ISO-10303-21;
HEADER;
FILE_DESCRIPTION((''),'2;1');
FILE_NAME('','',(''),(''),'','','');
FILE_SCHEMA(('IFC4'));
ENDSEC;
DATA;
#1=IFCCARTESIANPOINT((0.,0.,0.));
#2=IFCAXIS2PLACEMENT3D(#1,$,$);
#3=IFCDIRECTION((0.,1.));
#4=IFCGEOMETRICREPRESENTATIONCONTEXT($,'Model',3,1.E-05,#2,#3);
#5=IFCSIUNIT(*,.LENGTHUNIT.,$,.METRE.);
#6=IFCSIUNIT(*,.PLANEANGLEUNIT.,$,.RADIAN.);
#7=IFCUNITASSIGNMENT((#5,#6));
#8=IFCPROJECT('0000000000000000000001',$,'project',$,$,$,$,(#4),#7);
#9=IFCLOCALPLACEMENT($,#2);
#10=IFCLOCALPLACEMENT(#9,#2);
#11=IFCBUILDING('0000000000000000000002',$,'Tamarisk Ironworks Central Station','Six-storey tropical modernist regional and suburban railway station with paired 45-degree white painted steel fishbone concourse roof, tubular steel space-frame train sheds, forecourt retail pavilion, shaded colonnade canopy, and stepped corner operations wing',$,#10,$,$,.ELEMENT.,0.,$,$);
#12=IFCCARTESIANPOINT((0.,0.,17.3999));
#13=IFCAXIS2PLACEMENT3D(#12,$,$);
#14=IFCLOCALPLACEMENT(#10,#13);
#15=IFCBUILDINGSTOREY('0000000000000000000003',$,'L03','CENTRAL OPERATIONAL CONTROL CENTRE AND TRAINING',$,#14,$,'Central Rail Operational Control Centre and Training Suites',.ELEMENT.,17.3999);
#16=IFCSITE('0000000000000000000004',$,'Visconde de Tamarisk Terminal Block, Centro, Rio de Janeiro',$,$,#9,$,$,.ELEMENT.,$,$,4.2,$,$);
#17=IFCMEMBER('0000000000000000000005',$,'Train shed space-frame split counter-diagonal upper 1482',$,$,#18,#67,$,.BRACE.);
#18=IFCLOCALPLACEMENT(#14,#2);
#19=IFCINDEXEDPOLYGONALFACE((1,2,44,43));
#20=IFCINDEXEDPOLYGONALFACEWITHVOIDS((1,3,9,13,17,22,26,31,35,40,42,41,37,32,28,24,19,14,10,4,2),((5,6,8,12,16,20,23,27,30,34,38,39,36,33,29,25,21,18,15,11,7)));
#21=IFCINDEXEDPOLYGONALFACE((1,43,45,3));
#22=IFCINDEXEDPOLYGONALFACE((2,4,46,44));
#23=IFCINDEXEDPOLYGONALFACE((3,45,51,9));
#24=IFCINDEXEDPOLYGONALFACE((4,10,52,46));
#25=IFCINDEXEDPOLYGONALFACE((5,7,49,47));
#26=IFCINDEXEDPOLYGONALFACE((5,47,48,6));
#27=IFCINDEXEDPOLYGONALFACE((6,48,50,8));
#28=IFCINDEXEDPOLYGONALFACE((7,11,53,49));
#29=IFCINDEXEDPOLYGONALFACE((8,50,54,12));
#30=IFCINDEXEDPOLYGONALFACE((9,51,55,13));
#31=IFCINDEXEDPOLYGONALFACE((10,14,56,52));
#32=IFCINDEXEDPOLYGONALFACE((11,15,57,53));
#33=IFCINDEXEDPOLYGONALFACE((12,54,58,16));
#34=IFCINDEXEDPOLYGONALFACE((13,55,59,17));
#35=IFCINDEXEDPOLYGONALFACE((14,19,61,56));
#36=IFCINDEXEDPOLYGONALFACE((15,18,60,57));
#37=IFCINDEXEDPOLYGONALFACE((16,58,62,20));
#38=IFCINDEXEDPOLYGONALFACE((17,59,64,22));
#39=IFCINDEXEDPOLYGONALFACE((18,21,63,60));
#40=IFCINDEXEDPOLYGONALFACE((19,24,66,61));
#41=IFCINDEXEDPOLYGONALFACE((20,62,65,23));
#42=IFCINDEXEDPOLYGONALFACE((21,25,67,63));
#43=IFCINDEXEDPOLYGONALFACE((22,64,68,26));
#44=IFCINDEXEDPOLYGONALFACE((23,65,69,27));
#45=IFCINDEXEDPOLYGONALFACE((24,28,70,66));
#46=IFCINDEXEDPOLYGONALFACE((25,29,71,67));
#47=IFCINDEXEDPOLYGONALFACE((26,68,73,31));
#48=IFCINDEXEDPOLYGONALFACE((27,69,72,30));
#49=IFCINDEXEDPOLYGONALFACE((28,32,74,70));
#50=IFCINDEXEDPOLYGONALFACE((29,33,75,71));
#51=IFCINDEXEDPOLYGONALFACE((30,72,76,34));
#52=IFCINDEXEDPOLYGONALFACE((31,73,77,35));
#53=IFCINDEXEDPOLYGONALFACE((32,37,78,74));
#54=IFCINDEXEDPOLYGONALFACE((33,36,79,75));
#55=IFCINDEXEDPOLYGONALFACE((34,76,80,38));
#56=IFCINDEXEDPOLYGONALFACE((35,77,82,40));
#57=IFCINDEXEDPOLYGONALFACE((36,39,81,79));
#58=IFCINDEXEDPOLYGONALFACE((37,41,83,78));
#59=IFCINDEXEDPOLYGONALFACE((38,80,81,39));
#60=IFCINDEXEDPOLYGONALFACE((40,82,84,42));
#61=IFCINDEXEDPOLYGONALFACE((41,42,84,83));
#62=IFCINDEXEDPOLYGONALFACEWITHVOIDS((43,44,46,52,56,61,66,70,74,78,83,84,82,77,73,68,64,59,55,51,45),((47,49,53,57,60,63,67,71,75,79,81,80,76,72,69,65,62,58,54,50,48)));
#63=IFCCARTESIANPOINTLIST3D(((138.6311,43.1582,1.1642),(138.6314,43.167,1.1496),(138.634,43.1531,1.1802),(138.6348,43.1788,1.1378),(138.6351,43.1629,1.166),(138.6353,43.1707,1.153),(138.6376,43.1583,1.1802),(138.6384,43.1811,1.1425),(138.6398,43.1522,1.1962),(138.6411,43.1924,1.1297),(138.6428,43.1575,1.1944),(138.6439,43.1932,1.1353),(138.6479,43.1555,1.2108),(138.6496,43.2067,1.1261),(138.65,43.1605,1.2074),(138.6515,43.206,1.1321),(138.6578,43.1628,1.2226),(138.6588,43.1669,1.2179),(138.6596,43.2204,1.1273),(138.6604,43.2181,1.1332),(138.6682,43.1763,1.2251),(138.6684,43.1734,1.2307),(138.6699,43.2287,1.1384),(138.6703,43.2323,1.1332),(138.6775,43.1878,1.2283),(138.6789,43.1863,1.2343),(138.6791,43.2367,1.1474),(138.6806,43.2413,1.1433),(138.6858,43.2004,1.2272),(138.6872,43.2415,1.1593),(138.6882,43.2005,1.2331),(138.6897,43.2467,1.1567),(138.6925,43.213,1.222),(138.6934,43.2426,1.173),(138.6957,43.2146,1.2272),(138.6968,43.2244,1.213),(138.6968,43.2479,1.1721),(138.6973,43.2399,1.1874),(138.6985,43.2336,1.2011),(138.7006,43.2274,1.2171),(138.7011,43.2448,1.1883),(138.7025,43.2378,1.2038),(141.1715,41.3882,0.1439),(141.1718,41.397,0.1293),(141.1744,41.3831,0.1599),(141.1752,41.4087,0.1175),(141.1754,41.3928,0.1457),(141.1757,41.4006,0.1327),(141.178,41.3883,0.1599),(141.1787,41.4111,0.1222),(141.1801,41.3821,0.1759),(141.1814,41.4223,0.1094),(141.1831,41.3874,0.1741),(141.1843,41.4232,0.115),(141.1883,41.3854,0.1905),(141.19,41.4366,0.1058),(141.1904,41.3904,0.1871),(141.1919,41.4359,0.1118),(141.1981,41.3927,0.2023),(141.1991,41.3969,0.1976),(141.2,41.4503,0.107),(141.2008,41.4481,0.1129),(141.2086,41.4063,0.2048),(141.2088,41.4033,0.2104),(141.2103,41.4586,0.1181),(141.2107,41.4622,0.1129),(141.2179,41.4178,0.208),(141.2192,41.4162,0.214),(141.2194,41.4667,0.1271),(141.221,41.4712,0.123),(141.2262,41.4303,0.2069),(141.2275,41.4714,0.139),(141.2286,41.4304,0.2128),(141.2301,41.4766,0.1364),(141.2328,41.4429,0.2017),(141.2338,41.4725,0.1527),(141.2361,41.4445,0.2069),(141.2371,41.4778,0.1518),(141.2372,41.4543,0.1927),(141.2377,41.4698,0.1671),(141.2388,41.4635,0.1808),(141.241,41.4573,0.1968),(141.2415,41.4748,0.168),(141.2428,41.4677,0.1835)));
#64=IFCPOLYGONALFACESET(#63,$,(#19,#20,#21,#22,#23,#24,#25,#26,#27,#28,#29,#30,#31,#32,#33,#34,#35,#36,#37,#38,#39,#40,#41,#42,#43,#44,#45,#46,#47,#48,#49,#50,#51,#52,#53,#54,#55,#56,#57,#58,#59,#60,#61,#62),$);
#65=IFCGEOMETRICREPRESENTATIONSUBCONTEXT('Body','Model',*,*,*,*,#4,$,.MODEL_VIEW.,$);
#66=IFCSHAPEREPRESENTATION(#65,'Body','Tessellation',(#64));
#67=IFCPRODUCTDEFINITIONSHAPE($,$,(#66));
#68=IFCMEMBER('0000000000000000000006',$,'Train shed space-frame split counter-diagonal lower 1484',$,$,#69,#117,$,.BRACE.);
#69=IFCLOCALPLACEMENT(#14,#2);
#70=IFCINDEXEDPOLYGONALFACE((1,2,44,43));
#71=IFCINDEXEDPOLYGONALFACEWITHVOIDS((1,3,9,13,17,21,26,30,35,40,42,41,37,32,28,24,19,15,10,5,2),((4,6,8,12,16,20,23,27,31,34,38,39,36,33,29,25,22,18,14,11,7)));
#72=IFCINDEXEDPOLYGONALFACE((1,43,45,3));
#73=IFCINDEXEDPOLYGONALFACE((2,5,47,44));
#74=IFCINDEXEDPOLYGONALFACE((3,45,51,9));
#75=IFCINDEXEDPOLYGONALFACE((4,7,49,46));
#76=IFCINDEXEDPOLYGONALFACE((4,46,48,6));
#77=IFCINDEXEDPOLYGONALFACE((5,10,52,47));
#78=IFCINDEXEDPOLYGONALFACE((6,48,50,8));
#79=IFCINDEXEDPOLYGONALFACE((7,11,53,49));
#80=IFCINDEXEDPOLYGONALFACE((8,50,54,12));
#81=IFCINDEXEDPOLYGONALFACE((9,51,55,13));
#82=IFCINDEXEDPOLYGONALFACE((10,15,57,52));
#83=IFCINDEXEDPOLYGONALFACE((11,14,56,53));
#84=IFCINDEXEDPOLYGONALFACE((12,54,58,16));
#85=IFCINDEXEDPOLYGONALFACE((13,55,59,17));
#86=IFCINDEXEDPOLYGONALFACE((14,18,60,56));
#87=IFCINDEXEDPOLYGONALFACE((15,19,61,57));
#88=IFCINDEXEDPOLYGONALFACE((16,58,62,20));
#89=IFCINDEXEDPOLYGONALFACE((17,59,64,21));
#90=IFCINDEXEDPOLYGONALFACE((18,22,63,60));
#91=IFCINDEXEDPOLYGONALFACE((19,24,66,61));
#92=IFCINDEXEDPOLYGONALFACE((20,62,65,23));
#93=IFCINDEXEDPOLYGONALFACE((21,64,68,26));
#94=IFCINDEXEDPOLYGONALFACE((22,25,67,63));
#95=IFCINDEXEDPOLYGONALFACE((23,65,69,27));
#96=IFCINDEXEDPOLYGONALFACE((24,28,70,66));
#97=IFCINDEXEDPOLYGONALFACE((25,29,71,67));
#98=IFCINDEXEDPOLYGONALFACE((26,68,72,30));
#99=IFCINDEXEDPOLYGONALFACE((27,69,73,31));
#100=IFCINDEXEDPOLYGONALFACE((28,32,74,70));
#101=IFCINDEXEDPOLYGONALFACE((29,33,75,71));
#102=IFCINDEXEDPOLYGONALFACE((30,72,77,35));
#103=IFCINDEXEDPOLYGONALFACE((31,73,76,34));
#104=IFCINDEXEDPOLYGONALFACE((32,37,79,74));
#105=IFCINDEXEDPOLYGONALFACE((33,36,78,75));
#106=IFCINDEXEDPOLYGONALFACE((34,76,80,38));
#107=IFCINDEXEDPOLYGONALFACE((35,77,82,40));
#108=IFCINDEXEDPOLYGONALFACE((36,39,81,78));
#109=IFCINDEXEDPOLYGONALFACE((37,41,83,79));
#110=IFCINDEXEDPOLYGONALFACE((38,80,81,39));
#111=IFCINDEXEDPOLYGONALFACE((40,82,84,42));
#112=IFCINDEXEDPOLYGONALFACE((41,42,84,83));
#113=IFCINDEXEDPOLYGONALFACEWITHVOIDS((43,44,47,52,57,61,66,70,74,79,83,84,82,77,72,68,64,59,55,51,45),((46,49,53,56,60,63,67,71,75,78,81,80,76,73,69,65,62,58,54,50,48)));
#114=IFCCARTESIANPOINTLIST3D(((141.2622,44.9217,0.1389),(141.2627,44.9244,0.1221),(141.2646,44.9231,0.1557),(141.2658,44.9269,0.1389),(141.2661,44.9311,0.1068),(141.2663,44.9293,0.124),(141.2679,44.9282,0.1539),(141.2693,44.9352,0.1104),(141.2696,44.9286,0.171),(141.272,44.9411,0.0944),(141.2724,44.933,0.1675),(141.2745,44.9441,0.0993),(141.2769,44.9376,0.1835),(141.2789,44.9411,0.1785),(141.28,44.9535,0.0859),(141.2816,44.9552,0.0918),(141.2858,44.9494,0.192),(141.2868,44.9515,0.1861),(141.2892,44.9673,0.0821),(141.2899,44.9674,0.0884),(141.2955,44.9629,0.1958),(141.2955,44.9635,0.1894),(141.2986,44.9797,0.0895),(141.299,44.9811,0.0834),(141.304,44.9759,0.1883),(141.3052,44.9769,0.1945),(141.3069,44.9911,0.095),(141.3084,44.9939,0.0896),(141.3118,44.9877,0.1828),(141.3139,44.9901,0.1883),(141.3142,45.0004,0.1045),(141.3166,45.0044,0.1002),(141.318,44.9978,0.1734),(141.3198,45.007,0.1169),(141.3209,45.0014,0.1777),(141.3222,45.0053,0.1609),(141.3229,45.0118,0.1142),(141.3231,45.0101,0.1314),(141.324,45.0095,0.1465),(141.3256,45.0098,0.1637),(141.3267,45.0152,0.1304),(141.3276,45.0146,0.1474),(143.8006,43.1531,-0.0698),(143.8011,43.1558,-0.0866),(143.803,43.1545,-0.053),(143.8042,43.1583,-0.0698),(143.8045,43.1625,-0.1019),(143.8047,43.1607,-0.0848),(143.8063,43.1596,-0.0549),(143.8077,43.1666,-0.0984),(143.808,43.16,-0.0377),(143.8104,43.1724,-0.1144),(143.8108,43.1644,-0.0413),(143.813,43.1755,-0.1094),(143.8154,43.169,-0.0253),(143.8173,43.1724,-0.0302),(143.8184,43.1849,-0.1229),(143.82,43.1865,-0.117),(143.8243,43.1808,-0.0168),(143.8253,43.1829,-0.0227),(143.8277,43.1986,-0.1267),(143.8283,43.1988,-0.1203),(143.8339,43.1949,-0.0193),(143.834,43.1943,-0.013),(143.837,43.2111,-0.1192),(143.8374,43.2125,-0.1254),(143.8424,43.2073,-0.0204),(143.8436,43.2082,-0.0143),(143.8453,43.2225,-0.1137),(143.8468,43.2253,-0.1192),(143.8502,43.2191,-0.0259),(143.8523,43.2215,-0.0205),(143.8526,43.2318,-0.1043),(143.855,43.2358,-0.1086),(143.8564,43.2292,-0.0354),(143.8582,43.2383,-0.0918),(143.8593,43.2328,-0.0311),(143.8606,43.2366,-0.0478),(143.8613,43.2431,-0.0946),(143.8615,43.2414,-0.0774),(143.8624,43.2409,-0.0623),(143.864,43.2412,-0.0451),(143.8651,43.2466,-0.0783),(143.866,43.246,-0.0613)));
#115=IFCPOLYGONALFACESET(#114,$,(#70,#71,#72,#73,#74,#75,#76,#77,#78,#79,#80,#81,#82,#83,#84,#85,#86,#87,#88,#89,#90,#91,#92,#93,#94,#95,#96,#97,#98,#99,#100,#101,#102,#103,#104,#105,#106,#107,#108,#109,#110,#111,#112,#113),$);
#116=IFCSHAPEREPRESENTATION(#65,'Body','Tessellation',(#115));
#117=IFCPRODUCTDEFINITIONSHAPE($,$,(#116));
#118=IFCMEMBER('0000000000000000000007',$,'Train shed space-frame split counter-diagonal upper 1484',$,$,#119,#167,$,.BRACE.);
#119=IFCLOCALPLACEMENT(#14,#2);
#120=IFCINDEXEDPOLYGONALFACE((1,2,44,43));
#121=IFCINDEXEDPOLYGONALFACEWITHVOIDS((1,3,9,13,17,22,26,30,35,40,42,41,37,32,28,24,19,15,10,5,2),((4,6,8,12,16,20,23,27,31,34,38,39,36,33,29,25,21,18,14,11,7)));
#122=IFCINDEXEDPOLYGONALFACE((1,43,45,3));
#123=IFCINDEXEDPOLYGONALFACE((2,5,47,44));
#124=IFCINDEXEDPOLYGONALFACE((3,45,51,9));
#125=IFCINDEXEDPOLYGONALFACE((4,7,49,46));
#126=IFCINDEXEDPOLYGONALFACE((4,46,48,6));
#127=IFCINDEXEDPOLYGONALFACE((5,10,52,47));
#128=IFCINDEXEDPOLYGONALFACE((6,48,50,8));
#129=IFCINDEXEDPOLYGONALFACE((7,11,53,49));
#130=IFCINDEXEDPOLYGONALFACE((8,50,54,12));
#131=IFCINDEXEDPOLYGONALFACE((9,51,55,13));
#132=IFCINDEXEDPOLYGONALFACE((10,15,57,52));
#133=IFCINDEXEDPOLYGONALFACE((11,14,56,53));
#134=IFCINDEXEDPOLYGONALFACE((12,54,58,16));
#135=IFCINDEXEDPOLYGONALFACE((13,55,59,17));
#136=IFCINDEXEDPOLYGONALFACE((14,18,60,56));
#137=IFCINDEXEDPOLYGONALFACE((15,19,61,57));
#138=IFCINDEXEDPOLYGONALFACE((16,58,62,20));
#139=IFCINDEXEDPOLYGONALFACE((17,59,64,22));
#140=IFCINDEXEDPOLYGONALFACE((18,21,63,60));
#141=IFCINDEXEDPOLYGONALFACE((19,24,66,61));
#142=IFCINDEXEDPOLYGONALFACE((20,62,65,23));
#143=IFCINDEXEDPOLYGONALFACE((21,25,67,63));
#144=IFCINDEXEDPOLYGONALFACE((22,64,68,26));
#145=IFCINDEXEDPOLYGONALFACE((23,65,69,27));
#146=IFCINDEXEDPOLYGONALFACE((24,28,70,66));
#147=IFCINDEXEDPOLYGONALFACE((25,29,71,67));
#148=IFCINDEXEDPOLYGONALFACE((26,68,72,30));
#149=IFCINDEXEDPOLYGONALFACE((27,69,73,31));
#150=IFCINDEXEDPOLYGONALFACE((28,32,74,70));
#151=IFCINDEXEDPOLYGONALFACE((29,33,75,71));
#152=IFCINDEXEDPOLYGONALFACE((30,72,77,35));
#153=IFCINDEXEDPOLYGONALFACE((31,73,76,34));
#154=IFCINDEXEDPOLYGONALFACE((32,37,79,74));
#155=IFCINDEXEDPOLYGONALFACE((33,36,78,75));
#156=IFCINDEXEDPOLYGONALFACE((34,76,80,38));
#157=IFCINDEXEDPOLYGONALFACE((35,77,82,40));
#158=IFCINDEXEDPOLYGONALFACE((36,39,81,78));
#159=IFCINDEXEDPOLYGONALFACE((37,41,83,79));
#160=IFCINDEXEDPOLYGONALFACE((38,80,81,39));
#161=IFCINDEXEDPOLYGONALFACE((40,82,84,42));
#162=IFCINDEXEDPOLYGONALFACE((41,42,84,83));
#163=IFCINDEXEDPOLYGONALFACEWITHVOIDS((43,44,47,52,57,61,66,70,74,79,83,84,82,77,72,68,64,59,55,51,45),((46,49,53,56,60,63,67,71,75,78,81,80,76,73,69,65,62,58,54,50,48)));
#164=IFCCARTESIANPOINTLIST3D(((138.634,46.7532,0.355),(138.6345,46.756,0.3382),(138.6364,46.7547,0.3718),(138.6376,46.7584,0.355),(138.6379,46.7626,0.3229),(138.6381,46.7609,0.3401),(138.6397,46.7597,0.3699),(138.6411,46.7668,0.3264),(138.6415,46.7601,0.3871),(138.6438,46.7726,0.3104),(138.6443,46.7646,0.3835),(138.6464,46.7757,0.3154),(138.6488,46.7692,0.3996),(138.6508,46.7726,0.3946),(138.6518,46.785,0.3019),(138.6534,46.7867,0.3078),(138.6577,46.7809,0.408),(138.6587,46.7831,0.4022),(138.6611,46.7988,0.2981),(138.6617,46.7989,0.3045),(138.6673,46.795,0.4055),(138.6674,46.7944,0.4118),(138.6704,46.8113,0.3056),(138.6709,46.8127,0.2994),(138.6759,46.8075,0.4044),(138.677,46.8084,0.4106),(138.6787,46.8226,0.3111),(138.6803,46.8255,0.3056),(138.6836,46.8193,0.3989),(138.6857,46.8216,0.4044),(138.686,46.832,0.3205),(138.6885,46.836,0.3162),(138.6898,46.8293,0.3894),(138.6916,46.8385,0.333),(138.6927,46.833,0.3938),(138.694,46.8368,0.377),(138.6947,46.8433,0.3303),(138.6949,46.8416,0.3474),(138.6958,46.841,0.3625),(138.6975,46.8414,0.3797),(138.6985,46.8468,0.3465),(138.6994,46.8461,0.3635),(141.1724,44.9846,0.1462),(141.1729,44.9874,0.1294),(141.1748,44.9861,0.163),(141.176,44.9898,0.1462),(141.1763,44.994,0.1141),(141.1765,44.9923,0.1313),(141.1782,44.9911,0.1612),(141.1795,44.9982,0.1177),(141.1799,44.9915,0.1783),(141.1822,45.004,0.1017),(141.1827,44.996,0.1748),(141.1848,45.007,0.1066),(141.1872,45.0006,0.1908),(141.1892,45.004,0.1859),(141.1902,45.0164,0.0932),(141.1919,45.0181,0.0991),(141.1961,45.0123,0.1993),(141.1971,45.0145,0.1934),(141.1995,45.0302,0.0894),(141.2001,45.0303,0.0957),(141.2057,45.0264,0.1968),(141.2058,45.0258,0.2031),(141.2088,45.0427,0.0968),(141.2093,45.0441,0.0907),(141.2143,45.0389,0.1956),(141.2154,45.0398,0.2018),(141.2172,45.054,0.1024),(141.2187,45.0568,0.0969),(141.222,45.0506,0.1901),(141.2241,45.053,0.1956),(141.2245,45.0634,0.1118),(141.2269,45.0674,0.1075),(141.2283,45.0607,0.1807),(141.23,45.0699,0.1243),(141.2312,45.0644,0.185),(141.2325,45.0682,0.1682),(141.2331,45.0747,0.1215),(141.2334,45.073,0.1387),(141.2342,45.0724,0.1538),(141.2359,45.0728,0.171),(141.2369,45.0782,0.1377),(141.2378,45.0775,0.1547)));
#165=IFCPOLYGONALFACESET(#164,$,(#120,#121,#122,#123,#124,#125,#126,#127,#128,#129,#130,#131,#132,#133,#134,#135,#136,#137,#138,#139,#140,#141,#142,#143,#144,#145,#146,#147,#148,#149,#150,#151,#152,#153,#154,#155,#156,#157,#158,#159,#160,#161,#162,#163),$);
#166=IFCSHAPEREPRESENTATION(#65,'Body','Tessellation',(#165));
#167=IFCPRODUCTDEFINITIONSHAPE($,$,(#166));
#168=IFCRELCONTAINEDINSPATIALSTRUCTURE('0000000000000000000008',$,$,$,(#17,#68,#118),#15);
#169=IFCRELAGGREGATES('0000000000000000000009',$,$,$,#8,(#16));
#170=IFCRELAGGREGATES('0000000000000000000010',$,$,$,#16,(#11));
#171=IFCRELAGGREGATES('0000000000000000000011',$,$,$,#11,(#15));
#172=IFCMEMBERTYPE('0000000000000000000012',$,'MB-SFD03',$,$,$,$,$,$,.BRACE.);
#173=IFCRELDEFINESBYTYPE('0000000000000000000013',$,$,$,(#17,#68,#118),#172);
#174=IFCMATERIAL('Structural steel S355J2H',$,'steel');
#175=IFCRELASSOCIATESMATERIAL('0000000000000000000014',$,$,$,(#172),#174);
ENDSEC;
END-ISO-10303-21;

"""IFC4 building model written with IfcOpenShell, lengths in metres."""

from ifc_helpers import new_model, si_unit, direction, frame, origin, origin_2d, place, context, subcontext, project, spatial, hollow_circle, extrude, material, material_profile, profile_set, type_object, element, save


model = new_model("IFC4")

# Units and contexts
model_context = context("Model", 3, precision=1e-05, world=origin(), true_north=direction((0.0, 1.0)))
body_context = subcontext(model_context, "Body", "Model", "MODEL_VIEW")
ifc_project = project(units=[si_unit("LENGTHUNIT", "METRE"), si_unit("PLANEANGLEUNIT", "RADIAN")], contexts=[model_context])

# Site, building, storey
site_placement = place(None, origin())
site = spatial("IfcSite", under=ifc_project, at=site_placement, Name="Visconde de Tamarisk Terminal Block, Centro, Rio de Janeiro", CompositionType="ELEMENT", RefElevation=4.2)
building_placement = place(site_placement, origin())
building = spatial("IfcBuilding", under=site, at=building_placement, Name="Tamarisk Ironworks Central Station", Description="Six-storey tropical modernist regional and suburban railway station with paired 45-degree white painted steel fishbone concourse roof, tubular steel space-frame train sheds, forecourt retail pavilion, shaded colonnade canopy, and stepped corner operations wing", CompositionType="ELEMENT", ElevationOfRefHeight=0.0)
storey_placement = place(building_placement, frame((0.0, 0.0, 17.3999)))
storey = spatial("IfcBuildingStorey", under=building, at=storey_placement, Name="L03", Description="CENTRAL OPERATIONAL CONTROL CENTRE AND TRAINING", LongName="Central Rail Operational Control Centre and Training Suites", CompositionType="ELEMENT", Elevation=17.3999)

# Members
ifc_material_1 = material(Name="Structural steel S355J2H", Category="steel")
ifc_material_profile_1 = material_profile(ifc_material_1, hollow_circle(Radius=0.0571, WallThickness=0.0063, at=origin_2d()), Name="CHS 114.3x6.3")
ifc_profile_set_1 = profile_set([ifc_material_profile_1], Name="Structural steel S355J2H")
member_type_1 = type_object("IfcMemberType", Name="MB-SFD03", PredefinedType="BRACE", material=ifc_profile_set_1)
for number, where, z_axis, x_axis, name in (
    (1, (141.207, 41.4299, 0.1599), (-0.779252, 0.542967, 0.312974), (-0.571688, -0.820471, 0.0), "Train shed space-frame split counter-diagonal upper 1482"),
):
    element("IfcMember", number, at=place(storey_placement, frame(where, z_axis=z_axis, x_axis=x_axis)), inside=storey, type_object=member_type_1, Name=name, PredefinedType="BRACE", context=body_context, shape_type="SweptSolid", body=[
        extrude(hollow_circle(Radius=0.0571, WallThickness=0.0063, at=origin_2d()), origin(), (0.0, 0.0, 1.0), 3.26),
    ])
for number, where, z_axis, x_axis, name in (
    (2, (143.8333, 43.2, -0.0698), (-0.818625, 0.570369, 0.06732), (-0.571666, -0.820487, 0.0), "Train shed space-frame split counter-diagonal lower 1484"),
    (3, (141.2051, 45.0315, 0.1462), (-0.818625, 0.570369, 0.06732), (-0.571666, -0.820487, 0.0), "Train shed space-frame split counter-diagonal upper 1484"),
):
    element("IfcMember", number, at=place(storey_placement, frame(where, z_axis=z_axis, x_axis=x_axis)), inside=storey, type_object=member_type_1, Name=name, PredefinedType="BRACE", context=body_context, shape_type="SweptSolid", body=[
        extrude(hollow_circle(Radius=0.0571, WallThickness=0.0063, at=origin_2d()), origin(), (0.0, 0.0, 1.0), 3.1008),
    ])

save(model, "model.ifc")
